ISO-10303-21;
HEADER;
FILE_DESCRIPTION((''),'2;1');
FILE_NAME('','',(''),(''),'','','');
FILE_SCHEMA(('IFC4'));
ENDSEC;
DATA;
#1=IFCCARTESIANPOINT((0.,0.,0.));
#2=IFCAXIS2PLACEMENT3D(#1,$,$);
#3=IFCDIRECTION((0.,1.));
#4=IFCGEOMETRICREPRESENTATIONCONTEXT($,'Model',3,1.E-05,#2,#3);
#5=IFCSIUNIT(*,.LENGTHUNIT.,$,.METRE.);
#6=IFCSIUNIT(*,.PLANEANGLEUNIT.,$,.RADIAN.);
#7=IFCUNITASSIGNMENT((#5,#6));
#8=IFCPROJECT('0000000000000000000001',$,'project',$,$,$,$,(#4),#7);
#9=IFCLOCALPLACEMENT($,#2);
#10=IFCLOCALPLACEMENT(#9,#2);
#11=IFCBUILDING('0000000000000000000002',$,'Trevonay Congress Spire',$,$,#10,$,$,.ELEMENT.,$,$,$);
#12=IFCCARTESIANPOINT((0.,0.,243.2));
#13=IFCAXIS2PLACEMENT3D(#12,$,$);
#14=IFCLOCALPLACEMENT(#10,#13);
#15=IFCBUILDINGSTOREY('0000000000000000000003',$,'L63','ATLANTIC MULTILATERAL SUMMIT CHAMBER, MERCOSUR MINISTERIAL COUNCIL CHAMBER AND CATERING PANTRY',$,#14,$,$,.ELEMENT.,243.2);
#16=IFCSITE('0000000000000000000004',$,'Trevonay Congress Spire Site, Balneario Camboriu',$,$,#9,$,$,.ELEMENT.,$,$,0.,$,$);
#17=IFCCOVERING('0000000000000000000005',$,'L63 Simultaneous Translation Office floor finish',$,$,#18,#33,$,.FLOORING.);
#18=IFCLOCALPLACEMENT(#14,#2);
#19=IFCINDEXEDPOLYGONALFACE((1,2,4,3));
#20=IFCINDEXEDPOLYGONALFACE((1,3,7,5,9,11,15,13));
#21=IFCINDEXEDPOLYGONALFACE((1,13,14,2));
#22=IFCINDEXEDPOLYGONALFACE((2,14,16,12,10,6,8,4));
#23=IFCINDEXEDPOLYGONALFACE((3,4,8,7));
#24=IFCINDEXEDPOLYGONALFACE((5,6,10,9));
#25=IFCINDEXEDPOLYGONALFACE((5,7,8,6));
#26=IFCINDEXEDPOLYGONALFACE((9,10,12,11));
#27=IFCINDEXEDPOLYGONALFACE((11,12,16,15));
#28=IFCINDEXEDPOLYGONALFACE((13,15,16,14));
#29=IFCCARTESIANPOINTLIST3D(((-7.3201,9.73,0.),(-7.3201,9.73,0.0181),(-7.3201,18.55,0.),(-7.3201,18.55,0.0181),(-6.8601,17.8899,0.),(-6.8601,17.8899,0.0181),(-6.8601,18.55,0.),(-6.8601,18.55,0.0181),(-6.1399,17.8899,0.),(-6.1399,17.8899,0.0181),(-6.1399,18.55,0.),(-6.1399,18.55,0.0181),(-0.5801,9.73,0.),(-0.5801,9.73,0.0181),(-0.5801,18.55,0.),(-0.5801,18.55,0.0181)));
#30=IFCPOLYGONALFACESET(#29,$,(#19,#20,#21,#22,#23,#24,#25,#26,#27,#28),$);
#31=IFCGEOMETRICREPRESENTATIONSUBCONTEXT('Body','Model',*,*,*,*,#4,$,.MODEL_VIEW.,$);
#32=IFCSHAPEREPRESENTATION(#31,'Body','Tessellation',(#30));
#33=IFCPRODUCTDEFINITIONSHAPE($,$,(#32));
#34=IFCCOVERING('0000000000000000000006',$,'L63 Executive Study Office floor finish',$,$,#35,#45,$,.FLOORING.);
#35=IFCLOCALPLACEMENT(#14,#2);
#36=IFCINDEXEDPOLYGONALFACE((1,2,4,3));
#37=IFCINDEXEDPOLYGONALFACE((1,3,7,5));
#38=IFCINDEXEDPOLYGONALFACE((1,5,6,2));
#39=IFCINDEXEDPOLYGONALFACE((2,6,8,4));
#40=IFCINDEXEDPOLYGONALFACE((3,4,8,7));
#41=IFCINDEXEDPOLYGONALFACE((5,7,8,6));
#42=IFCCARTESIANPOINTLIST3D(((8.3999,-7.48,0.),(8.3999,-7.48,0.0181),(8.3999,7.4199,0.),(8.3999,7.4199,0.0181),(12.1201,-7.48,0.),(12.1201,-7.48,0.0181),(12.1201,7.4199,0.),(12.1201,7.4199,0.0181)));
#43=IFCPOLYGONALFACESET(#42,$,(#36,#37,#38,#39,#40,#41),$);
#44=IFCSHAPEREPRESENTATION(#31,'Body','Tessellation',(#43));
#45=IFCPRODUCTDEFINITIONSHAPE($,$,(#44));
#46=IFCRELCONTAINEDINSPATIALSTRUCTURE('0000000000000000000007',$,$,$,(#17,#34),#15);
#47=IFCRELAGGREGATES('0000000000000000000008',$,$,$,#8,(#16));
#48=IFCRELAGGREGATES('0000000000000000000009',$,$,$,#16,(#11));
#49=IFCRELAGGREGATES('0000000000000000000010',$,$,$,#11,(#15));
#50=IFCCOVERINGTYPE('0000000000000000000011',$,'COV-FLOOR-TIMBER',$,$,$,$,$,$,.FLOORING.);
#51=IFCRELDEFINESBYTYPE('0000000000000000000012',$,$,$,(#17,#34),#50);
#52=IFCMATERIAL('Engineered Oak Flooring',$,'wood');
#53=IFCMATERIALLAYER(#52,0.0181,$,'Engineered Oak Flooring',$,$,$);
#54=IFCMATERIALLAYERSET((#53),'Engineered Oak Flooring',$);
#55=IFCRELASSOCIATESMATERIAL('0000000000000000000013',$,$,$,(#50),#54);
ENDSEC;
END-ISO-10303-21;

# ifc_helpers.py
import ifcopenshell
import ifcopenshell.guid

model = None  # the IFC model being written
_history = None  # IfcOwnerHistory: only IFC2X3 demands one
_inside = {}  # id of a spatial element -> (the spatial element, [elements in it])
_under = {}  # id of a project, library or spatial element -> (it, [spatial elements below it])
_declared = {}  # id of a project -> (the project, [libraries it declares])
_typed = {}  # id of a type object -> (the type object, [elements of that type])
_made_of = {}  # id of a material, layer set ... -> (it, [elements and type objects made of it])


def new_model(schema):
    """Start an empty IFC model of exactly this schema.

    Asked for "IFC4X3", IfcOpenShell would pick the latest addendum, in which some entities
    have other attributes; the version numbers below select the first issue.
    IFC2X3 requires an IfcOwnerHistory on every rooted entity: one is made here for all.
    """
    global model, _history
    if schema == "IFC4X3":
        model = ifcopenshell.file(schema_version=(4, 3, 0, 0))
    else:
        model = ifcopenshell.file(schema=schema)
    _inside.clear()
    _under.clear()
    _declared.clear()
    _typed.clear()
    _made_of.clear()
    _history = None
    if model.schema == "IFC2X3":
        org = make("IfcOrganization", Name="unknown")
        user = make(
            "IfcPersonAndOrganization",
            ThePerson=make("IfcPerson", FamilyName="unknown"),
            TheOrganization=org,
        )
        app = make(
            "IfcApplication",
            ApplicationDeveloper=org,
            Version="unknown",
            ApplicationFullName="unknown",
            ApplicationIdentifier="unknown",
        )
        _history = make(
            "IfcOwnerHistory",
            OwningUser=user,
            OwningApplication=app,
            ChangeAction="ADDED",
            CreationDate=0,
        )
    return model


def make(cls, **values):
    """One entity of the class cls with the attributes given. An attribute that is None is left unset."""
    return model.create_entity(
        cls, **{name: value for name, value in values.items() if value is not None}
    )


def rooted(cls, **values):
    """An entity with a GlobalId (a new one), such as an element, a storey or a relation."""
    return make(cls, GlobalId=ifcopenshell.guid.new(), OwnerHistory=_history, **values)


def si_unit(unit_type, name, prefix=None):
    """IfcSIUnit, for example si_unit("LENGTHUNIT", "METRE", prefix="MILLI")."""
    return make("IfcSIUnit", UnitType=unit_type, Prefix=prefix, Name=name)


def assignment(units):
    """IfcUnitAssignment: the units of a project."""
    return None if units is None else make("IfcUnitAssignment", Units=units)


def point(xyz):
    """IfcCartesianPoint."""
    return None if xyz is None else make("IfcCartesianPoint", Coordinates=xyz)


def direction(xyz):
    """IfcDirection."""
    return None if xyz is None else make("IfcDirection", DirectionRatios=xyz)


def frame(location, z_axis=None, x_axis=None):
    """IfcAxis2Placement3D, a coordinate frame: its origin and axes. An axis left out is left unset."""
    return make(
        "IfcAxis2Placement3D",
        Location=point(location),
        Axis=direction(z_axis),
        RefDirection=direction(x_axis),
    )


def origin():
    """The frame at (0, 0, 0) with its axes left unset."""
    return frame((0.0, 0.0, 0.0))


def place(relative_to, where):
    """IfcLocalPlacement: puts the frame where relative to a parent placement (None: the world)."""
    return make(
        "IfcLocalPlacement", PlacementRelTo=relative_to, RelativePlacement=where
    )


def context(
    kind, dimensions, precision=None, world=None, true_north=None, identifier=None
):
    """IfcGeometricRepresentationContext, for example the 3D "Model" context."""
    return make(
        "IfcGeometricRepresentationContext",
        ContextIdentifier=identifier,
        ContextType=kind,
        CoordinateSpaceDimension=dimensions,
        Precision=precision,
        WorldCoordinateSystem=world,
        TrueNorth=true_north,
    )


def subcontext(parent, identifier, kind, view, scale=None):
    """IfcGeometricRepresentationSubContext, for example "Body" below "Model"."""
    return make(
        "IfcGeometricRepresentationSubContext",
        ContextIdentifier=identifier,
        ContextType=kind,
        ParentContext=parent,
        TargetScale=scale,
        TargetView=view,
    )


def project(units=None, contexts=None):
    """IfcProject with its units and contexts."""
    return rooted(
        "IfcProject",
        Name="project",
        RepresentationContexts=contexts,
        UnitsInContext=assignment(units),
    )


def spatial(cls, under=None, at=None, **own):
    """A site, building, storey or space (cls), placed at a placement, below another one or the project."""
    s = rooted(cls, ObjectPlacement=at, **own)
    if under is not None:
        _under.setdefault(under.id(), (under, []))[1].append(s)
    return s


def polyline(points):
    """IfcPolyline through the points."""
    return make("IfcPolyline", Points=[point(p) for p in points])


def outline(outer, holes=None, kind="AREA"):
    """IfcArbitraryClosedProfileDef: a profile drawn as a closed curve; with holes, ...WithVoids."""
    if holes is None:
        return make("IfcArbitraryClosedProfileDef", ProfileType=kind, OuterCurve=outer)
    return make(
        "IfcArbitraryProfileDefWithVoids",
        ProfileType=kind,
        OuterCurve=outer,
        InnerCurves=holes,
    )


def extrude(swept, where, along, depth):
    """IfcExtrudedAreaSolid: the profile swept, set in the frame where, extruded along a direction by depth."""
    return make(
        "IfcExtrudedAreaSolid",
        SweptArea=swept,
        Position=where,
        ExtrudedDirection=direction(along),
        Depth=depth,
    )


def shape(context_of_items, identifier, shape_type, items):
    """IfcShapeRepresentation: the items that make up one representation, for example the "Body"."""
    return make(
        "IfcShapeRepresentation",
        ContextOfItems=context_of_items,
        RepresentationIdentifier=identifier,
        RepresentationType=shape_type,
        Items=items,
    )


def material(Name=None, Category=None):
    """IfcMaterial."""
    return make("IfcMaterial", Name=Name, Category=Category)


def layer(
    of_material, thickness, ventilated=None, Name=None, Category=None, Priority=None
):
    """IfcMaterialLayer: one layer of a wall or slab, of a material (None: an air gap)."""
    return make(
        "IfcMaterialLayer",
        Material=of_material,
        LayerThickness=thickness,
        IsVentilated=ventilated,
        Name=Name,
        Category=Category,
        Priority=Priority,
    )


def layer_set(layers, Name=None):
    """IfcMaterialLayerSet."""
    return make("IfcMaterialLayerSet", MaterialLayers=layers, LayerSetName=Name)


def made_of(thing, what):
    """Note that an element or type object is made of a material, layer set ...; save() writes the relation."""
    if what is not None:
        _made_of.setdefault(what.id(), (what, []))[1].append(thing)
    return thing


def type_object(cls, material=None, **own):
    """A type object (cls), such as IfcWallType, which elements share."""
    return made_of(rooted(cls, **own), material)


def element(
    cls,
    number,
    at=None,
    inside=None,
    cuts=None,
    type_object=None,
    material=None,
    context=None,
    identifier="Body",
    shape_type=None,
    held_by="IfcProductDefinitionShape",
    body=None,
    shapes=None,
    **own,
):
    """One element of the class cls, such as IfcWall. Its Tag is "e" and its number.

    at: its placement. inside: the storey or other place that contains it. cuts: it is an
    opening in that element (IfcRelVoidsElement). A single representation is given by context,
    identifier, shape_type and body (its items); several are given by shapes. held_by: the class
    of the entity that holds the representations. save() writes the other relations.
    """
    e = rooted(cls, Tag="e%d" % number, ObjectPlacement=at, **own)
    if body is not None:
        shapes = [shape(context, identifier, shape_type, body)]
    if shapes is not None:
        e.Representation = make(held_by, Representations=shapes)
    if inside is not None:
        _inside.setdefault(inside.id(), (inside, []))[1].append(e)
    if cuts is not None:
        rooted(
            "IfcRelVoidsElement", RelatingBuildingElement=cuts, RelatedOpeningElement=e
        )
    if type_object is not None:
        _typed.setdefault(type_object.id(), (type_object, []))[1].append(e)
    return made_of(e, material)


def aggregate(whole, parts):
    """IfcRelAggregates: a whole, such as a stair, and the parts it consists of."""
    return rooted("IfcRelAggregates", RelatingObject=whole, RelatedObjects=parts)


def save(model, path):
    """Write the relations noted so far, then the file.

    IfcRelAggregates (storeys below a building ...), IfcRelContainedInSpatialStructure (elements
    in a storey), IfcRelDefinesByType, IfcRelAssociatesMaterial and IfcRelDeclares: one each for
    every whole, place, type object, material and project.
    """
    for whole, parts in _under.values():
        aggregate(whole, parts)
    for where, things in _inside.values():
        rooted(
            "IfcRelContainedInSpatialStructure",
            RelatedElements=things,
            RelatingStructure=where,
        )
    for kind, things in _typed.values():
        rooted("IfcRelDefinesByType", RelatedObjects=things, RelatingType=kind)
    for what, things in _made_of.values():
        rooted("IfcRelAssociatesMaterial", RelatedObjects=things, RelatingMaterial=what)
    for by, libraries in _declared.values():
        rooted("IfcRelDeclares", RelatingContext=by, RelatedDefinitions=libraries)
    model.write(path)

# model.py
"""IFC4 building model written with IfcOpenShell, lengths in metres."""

from ifc_helpers import new_model, si_unit, direction, frame, origin, place, context, subcontext, project, spatial, polyline, outline, extrude, material, layer, layer_set, type_object, element, save


model = new_model("IFC4")

# Units and contexts
model_context = context("Model", 3, precision=1e-05, world=origin(), true_north=direction((0.0, 1.0)))
body_context = subcontext(model_context, "Body", "Model", "MODEL_VIEW")
ifc_project = project(units=[si_unit("LENGTHUNIT", "METRE"), si_unit("PLANEANGLEUNIT", "RADIAN")], contexts=[model_context])

# Site, building, storey
site_placement = place(None, origin())
site = spatial("IfcSite", under=ifc_project, at=site_placement, Name="Trevonay Congress Spire Site, Balneario Camboriu", CompositionType="ELEMENT", RefElevation=0.0)
building_placement = place(site_placement, origin())
building = spatial("IfcBuilding", under=site, at=building_placement, Name="Trevonay Congress Spire", CompositionType="ELEMENT")
storey_placement = place(building_placement, frame((0.0, 0.0, 243.2)))
storey = spatial("IfcBuildingStorey", under=building, at=storey_placement, Name="L63", Description="ATLANTIC MULTILATERAL SUMMIT CHAMBER, MERCOSUR MINISTERIAL COUNCIL CHAMBER AND CATERING PANTRY", CompositionType="ELEMENT", Elevation=243.2)

# Coverings
ifc_material_1 = material(Name="Engineered Oak Flooring", Category="wood")
ifc_layer_1 = layer(ifc_material_1, 0.0181, Name="Engineered Oak Flooring")
ifc_layer_set_1 = layer_set([ifc_layer_1], Name="Engineered Oak Flooring")
covering_type_1 = type_object("IfcCoveringType", Name="COV-FLOOR-TIMBER", PredefinedType="FLOORING", material=ifc_layer_set_1)
covering_1_placement = place(storey_placement, origin())
element("IfcCovering", 1, at=covering_1_placement, inside=storey, type_object=covering_type_1, Name="L63 Simultaneous Translation Office floor finish", PredefinedType="FLOORING", context=body_context, shape_type="SweptSolid", body=[
    extrude(outline(polyline([(-0.5801, 18.55), (-0.5801, 9.73), (-7.3201, 9.73), (-7.3201, 18.55), (-6.8601, 18.55), (-6.8601, 17.8899), (-6.1399, 17.8899), (-6.1399, 18.55), (-0.5801, 18.55)])), origin(), (0.0, 0.0, 1.0), 0.0181),
])
covering_2_placement = place(storey_placement, origin())
element("IfcCovering", 2, at=covering_2_placement, inside=storey, type_object=covering_type_1, Name="L63 Executive Study Office floor finish", PredefinedType="FLOORING", context=body_context, shape_type="SweptSolid", body=[
    extrude(outline(polyline([(8.3999, -7.48), (12.1201, -7.48), (12.1201, 7.4199), (8.3999, 7.4199), (8.3999, -7.48)])), origin(), (0.0, 0.0, 1.0), 0.0181),
])

save(model, "model.ifc")
